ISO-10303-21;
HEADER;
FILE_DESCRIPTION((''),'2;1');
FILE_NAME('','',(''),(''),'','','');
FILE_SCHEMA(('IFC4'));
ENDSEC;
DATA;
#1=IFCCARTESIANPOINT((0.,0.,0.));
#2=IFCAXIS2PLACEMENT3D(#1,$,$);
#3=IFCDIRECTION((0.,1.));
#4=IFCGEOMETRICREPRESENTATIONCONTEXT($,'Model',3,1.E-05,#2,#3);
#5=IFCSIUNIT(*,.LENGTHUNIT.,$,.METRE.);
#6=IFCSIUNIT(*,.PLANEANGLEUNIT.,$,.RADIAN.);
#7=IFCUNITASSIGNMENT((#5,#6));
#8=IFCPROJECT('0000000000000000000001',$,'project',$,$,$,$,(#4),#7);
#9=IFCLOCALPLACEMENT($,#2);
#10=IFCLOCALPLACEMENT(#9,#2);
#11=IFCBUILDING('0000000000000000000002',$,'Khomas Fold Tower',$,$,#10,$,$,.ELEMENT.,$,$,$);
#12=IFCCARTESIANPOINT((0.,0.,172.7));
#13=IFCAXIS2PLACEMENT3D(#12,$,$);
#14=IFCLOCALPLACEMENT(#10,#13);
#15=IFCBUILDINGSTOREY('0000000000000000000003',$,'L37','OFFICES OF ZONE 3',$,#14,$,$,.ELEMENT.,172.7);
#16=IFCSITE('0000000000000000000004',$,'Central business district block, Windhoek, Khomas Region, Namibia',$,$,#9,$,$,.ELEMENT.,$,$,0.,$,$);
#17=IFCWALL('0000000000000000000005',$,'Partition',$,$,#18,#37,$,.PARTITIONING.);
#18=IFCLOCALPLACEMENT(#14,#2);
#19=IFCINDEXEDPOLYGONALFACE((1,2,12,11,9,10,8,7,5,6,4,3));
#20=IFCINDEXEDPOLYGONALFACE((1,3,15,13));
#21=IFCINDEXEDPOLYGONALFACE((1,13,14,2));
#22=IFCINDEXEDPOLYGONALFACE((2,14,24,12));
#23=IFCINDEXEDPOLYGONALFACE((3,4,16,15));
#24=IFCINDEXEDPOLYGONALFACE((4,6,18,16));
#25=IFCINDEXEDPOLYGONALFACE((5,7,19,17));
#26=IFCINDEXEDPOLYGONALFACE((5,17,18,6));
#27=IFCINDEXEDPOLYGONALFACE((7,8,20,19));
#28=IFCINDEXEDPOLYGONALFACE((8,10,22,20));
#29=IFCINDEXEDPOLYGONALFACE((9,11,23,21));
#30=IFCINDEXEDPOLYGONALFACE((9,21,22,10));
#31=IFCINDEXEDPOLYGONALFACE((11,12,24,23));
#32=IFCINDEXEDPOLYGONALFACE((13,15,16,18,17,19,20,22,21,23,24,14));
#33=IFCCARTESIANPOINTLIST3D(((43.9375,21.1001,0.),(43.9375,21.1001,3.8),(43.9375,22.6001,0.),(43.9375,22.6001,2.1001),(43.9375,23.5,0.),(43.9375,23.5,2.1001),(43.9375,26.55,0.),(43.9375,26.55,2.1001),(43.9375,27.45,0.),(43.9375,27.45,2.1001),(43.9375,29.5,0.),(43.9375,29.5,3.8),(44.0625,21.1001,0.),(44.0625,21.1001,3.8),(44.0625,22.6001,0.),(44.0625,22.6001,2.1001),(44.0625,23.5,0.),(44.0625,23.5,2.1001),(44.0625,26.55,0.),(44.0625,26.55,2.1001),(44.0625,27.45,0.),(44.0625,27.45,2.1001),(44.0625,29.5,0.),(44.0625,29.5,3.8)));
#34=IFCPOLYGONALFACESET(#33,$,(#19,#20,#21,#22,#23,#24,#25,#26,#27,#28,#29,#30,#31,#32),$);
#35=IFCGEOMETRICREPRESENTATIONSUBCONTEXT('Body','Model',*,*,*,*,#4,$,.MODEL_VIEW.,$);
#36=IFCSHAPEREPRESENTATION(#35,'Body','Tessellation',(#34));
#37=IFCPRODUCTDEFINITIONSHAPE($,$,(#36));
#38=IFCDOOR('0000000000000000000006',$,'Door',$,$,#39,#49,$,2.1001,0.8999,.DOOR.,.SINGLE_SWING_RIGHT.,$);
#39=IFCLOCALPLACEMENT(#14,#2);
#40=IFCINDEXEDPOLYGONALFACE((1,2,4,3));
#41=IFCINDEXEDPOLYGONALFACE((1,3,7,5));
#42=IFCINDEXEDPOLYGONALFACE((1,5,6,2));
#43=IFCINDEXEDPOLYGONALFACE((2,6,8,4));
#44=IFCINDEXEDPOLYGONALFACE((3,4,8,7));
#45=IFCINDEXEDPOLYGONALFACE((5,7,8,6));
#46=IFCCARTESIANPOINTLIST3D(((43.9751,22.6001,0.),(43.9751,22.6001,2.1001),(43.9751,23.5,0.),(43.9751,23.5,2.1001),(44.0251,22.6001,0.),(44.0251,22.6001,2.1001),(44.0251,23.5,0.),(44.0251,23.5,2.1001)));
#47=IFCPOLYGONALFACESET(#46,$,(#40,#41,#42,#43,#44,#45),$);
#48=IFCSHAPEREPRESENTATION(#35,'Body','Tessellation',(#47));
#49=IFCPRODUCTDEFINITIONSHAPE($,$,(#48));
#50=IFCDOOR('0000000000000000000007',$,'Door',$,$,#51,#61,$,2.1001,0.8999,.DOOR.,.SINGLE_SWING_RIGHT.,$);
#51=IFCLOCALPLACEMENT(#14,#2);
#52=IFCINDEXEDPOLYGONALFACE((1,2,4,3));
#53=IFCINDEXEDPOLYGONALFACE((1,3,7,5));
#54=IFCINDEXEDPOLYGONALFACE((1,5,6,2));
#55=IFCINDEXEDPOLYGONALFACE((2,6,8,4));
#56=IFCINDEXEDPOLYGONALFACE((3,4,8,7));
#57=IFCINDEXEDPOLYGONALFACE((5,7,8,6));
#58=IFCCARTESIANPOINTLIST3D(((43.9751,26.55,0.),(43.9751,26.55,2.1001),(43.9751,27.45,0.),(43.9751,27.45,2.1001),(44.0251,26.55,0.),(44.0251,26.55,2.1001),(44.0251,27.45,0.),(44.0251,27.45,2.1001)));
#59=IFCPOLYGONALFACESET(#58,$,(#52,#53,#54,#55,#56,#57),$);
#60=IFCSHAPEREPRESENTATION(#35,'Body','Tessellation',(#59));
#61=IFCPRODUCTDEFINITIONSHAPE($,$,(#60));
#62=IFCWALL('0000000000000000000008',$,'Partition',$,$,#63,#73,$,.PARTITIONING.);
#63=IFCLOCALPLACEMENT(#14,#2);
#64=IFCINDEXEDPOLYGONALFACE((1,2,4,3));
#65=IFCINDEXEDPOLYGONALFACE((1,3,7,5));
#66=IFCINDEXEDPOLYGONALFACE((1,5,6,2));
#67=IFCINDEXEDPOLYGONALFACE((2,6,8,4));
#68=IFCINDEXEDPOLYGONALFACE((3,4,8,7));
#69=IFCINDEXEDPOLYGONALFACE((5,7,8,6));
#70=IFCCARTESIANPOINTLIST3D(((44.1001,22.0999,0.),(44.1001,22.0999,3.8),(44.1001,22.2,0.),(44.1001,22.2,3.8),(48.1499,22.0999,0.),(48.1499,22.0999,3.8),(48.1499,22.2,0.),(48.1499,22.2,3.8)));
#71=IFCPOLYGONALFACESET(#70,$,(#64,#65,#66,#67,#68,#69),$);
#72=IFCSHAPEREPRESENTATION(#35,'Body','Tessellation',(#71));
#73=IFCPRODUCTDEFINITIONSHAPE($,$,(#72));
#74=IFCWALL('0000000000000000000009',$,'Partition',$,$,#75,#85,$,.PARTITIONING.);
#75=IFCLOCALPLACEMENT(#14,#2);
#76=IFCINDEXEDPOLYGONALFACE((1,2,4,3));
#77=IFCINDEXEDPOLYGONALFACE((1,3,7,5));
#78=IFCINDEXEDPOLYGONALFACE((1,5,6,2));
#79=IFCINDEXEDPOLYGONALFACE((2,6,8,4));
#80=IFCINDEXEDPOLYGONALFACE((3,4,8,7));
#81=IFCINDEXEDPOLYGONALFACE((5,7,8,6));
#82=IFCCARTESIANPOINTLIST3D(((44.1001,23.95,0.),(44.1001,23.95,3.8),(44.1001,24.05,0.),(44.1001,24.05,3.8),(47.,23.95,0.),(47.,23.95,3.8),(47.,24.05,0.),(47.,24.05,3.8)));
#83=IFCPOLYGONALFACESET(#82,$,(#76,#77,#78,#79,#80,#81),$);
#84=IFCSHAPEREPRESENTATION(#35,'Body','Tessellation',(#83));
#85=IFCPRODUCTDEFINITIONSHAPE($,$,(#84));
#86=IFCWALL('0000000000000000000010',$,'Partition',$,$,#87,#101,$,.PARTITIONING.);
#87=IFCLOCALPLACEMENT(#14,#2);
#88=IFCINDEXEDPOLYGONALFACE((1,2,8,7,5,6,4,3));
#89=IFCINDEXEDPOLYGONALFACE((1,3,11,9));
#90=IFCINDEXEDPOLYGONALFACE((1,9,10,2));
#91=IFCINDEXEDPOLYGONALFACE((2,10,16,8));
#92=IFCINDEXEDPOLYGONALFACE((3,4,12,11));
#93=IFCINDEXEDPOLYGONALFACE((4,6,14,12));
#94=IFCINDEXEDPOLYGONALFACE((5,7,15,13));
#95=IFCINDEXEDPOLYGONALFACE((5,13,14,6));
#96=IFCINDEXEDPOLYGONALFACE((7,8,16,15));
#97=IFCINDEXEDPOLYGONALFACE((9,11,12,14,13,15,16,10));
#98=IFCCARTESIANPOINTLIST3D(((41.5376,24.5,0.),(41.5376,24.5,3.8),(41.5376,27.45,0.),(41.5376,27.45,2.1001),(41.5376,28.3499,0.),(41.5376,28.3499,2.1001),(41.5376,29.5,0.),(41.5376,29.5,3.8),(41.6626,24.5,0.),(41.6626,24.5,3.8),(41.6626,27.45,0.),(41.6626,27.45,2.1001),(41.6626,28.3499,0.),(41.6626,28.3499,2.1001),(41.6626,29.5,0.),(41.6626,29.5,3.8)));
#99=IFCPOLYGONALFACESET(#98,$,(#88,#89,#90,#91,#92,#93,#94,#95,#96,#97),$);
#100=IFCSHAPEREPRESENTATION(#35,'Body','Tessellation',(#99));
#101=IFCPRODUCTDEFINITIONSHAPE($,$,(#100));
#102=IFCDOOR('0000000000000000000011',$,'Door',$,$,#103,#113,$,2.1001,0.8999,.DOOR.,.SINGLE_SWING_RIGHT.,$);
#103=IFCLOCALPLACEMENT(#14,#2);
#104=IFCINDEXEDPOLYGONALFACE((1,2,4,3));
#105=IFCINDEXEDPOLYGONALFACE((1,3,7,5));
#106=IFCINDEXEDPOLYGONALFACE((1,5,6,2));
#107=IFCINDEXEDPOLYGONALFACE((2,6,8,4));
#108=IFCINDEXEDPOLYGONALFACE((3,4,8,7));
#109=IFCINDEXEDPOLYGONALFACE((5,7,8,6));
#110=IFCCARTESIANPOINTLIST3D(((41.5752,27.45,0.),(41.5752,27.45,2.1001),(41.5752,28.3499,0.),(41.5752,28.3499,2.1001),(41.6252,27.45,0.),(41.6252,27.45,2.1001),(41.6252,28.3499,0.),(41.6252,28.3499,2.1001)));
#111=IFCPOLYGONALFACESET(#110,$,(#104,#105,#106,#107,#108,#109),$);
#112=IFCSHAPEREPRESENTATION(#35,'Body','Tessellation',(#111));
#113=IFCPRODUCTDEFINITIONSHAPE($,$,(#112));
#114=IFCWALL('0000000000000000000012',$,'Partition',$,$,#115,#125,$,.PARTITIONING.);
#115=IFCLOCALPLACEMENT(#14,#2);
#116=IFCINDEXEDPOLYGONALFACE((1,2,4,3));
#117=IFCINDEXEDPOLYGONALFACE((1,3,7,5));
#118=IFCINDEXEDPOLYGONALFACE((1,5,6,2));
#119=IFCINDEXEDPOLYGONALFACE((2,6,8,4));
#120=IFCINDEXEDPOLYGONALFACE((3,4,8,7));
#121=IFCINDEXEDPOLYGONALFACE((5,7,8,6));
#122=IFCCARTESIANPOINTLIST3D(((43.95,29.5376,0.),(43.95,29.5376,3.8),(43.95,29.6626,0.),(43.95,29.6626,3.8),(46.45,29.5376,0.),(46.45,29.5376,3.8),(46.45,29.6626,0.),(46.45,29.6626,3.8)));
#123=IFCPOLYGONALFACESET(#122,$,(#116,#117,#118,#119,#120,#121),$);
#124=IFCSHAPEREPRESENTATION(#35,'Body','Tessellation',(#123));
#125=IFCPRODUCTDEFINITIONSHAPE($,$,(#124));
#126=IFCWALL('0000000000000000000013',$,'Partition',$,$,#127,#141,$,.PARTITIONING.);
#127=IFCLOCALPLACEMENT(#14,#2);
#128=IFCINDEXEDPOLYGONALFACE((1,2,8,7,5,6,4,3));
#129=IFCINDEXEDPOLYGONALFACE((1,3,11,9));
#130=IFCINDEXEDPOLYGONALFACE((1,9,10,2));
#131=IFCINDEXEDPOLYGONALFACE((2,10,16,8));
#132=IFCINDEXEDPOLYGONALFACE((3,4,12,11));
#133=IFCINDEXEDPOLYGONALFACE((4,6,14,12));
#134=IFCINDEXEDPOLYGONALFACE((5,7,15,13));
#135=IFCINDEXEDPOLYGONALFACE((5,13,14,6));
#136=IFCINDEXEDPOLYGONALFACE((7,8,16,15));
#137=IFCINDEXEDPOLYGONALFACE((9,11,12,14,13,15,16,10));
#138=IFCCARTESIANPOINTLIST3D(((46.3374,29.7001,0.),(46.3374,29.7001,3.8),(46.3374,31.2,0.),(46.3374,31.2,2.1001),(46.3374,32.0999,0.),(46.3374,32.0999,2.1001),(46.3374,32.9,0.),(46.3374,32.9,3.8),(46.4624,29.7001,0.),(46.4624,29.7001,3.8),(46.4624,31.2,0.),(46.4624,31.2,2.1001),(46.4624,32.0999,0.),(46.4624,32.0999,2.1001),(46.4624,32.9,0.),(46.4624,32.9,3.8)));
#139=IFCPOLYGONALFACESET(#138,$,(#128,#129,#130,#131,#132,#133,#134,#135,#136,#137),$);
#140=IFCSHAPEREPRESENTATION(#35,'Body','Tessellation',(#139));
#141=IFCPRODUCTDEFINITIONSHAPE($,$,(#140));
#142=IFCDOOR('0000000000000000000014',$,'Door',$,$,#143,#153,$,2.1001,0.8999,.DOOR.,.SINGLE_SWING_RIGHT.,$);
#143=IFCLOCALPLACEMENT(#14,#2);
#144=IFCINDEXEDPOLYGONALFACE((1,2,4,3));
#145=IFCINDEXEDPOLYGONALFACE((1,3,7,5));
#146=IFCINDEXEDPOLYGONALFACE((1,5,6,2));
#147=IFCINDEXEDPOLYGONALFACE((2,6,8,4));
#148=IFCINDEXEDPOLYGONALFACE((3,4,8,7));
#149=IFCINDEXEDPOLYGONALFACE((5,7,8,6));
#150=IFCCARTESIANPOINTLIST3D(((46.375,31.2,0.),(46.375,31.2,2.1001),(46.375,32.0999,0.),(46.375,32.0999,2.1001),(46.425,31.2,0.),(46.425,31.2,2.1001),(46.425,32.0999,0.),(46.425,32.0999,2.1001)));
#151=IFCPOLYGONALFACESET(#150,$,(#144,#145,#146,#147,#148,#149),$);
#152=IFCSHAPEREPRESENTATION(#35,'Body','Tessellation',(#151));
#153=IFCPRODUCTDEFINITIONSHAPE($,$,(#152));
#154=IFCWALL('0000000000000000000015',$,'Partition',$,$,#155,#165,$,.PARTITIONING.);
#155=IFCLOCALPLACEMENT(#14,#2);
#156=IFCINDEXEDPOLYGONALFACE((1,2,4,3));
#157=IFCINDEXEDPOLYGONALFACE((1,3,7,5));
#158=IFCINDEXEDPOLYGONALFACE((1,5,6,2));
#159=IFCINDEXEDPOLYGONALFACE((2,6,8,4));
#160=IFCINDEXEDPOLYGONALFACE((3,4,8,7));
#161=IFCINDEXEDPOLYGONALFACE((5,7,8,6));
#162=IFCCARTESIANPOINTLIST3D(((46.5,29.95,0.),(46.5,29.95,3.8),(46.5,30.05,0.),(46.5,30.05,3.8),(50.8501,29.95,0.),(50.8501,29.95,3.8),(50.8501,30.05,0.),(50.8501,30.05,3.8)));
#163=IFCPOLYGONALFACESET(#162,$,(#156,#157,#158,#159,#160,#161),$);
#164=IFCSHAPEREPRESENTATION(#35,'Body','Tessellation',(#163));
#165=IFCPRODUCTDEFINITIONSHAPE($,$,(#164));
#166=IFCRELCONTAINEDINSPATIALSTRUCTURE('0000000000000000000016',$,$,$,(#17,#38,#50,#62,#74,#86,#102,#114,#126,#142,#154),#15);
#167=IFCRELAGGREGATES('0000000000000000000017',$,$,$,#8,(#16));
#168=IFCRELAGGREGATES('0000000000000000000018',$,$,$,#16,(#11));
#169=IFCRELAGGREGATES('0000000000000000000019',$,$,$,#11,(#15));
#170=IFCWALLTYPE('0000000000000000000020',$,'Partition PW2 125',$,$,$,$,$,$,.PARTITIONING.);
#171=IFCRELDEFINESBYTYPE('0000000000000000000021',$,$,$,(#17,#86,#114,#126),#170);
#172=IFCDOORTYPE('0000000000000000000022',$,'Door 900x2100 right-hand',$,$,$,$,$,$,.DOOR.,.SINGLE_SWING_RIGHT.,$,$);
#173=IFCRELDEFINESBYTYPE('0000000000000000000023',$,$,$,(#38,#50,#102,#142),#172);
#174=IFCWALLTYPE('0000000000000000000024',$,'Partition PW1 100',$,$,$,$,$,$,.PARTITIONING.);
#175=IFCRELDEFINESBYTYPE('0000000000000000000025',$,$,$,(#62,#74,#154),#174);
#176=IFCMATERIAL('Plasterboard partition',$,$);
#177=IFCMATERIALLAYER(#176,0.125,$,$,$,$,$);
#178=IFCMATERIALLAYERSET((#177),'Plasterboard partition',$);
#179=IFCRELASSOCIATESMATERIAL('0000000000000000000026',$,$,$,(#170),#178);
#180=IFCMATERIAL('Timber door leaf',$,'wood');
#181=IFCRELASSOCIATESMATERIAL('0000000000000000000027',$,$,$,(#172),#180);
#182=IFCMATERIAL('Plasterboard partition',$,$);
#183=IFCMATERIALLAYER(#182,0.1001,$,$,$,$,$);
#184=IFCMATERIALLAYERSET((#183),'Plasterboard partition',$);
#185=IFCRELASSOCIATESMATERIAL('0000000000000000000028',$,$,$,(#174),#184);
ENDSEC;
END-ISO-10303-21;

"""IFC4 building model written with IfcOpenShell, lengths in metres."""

from ifc_helpers import new_model, si_unit, direction, frame, frame_2d, origin, place, context, subcontext, project, spatial, rectangle, extrude, source, transform, mapped, material, layer, layer_set, type_object, element, fill, save


model = new_model("IFC4")

# Units and contexts
model_context = context("Model", 3, precision=1e-05, world=origin(), true_north=direction((0.0, 1.0)))
body_context = subcontext(model_context, "Body", "Model", "MODEL_VIEW")
ifc_project = project(units=[si_unit("LENGTHUNIT", "METRE"), si_unit("PLANEANGLEUNIT", "RADIAN")], contexts=[model_context])

# Site, building, storey
site_placement = place(None, origin())
site = spatial("IfcSite", under=ifc_project, at=site_placement, Name="Central business district block, Windhoek, Khomas Region, Namibia", CompositionType="ELEMENT", RefElevation=0.0)
building_placement = place(site_placement, origin())
building = spatial("IfcBuilding", under=site, at=building_placement, Name="Khomas Fold Tower", CompositionType="ELEMENT")
storey_placement = place(building_placement, frame((0.0, 0.0, 172.7)))
storey = spatial("IfcBuildingStorey", under=building, at=storey_placement, Name="L37", Description="OFFICES OF ZONE 3", CompositionType="ELEMENT", Elevation=172.7)

# Wall, openings, doors
ifc_material_1 = material(Name="Plasterboard partition")
ifc_layer_1 = layer(ifc_material_1, 0.125)
ifc_layer_set_1 = layer_set([ifc_layer_1], Name="Plasterboard partition")
wall_type_1 = type_object("IfcWallType", Name="Partition PW2 125", PredefinedType="PARTITIONING", material=ifc_layer_set_1)
shared_shape_1 = source(origin(), body_context, "Body", "SweptSolid", [
    extrude(rectangle(XDim=8.3999, YDim=0.125, at=frame_2d((4.2, 0.0))), origin(), (0.0, 0.0, 1.0), 3.8),
])
wall_1_placement = place(storey_placement, frame((44.0, 21.1001, 0.0), z_axis=(0.0, 0.0, 1.0), x_axis=(0.0, 1.0, 0.0)))
wall_1 = element("IfcWall", 1, at=wall_1_placement, inside=storey, type_object=wall_type_1, Name="Partition", PredefinedType="PARTITIONING", context=body_context, shape_type="MappedRepresentation", body=[
    mapped(shared_shape_1, transform((0.0, 0.0, 0.0))),
])
shared_shape_2 = source(origin(), body_context, "Body", "SweptSolid", [
    extrude(rectangle(XDim=0.8999, YDim=2.1001, at=frame_2d((0.45, 1.05))), frame((0.0, 0.0725, 0.0), z_axis=(0.0, -1.0, 0.0), x_axis=(1.0, 0.0, 0.0)), (0.0, 0.0, 1.0), 0.145),
])
opening_1_placement = place(wall_1_placement, frame((1.5, 0.0, 0.0)))
opening_1 = element("IfcOpeningElement", 2, at=opening_1_placement, cuts=wall_1, PredefinedType="OPENING", context=body_context, shape_type="MappedRepresentation", body=[
    mapped(shared_shape_2, transform((0.0, 0.0, 0.0))),
])
opening_2_placement = place(wall_1_placement, frame((5.45, 0.0, 0.0)))
opening_2 = element("IfcOpeningElement", 3, at=opening_2_placement, cuts=wall_1, PredefinedType="OPENING", context=body_context, shape_type="MappedRepresentation", body=[
    mapped(shared_shape_2, transform((0.0, 0.0, 0.0))),
])
ifc_material_2 = material(Name="Timber door leaf", Category="wood")
door_type_1 = type_object("IfcDoorType", Name="Door 900x2100 right-hand", OperationType="SINGLE_SWING_RIGHT", PredefinedType="DOOR", material=ifc_material_2)
shared_shape_3 = source(origin(), body_context, "Body", "SweptSolid", [
    extrude(rectangle(XDim=0.8999, YDim=2.1001, at=frame_2d((0.45, 1.05))), frame((0.0, 0.0249, 0.0), z_axis=(0.0, -1.0, 0.0), x_axis=(1.0, 0.0, 0.0)), (0.0, 0.0, 1.0), 0.05),
])
door_1_placement = place(opening_1_placement, origin())
door_1 = element("IfcDoor", 4, at=door_1_placement, inside=storey, type_object=door_type_1, Name="Door", OperationType="SINGLE_SWING_RIGHT", OverallHeight=2.1001, OverallWidth=0.8999, PredefinedType="DOOR", context=body_context, shape_type="MappedRepresentation", body=[
    mapped(shared_shape_3, transform((0.0, 0.0, 0.0))),
])
fill(opening_1, door_1)
door_2_placement = place(opening_2_placement, origin())
door_2 = element("IfcDoor", 5, at=door_2_placement, inside=storey, type_object=door_type_1, Name="Door", OperationType="SINGLE_SWING_RIGHT", OverallHeight=2.1001, OverallWidth=0.8999, PredefinedType="DOOR", context=body_context, shape_type="MappedRepresentation", body=[
    mapped(shared_shape_3, transform((0.0, 0.0, 0.0))),
])
fill(opening_2, door_2)

# Walls
ifc_material_3 = material(Name="Plasterboard partition")
ifc_layer_2 = layer(ifc_material_3, 0.1001)
ifc_layer_set_2 = layer_set([ifc_layer_2], Name="Plasterboard partition")
wall_type_2 = type_object("IfcWallType", Name="Partition PW1 100", PredefinedType="PARTITIONING", material=ifc_layer_set_2)
shared_shape_4 = source(origin(), body_context, "Body", "SweptSolid", [
    extrude(rectangle(XDim=4.0498, YDim=0.1001, at=frame_2d((2.0249, 0.0))), origin(), (0.0, 0.0, 1.0), 3.8),
])
wall_2_placement = place(storey_placement, frame((44.1001, 22.1499, 0.0), z_axis=(0.0, 0.0, 1.0), x_axis=(1.0, 0.0, 0.0)))
element("IfcWall", 6, at=wall_2_placement, inside=storey, type_object=wall_type_2, Name="Partition", PredefinedType="PARTITIONING", context=body_context, shape_type="MappedRepresentation", body=[
    mapped(shared_shape_4, transform((0.0, 0.0, 0.0))),
])
shared_shape_5 = source(origin(), body_context, "Body", "SweptSolid", [
    extrude(rectangle(XDim=2.8999, YDim=0.1001, at=frame_2d((1.45, 0.0))), origin(), (0.0, 0.0, 1.0), 3.8),
])
wall_3_placement = place(storey_placement, frame((44.1001, 24.0, 0.0), z_axis=(0.0, 0.0, 1.0), x_axis=(1.0, 0.0, 0.0)))
element("IfcWall", 7, at=wall_3_placement, inside=storey, type_object=wall_type_2, Name="Partition", PredefinedType="PARTITIONING", context=body_context, shape_type="MappedRepresentation", body=[
    mapped(shared_shape_5, transform((0.0, 0.0, 0.0))),
])

# Wall, opening, door
shared_shape_6 = source(origin(), body_context, "Body", "SweptSolid", [
    extrude(rectangle(XDim=5.0, YDim=0.125, at=frame_2d((2.5, 0.0))), origin(), (0.0, 0.0, 1.0), 3.8),
])
wall_4_placement = place(storey_placement, frame((41.6001, 24.5, 0.0), z_axis=(0.0, 0.0, 1.0), x_axis=(0.0, 1.0, 0.0)))
wall_4 = element("IfcWall", 8, at=wall_4_placement, inside=storey, type_object=wall_type_1, Name="Partition", PredefinedType="PARTITIONING", context=body_context, shape_type="MappedRepresentation", body=[
    mapped(shared_shape_6, transform((0.0, 0.0, 0.0))),
])
opening_3_placement = place(wall_4_placement, frame((2.95, 0.0, 0.0)))
opening_3 = element("IfcOpeningElement", 9, at=opening_3_placement, cuts=wall_4, PredefinedType="OPENING", context=body_context, shape_type="MappedRepresentation", body=[
    mapped(shared_shape_2, transform((0.0, 0.0, 0.0))),
])
door_3_placement = place(opening_3_placement, origin())
door_3 = element("IfcDoor", 10, at=door_3_placement, inside=storey, type_object=door_type_1, Name="Door", OperationType="SINGLE_SWING_RIGHT", OverallHeight=2.1001, OverallWidth=0.8999, PredefinedType="DOOR", context=body_context, shape_type="MappedRepresentation", body=[
    mapped(shared_shape_3, transform((0.0, 0.0, 0.0))),
])
fill(opening_3, door_3)

# Wall
shared_shape_7 = source(origin(), body_context, "Body", "SweptSolid", [
    extrude(rectangle(XDim=2.5, YDim=0.125, at=frame_2d((1.25, 0.0))), origin(), (0.0, 0.0, 1.0), 3.8),
])
wall_5_placement = place(storey_placement, frame((43.95, 29.6001, 0.0), z_axis=(0.0, 0.0, 1.0), x_axis=(1.0, 0.0, 0.0)))
element("IfcWall", 11, at=wall_5_placement, inside=storey, type_object=wall_type_1, Name="Partition", PredefinedType="PARTITIONING", context=body_context, shape_type="MappedRepresentation", body=[
    mapped(shared_shape_7, transform((0.0, 0.0, 0.0))),
])

# Wall, opening, door
shared_shape_8 = source(origin(), body_context, "Body", "SweptSolid", [
    extrude(rectangle(XDim=3.2, YDim=0.125, at=frame_2d((1.6001, 0.0))), origin(), (0.0, 0.0, 1.0), 3.8),
])
wall_6_placement = place(storey_placement, frame((46.3999, 29.7, 0.0), z_axis=(0.0, 0.0, 1.0), x_axis=(0.0, 1.0, 0.0)))
wall_6 = element("IfcWall", 12, at=wall_6_placement, inside=storey, type_object=wall_type_1, Name="Partition", PredefinedType="PARTITIONING", context=body_context, shape_type="MappedRepresentation", body=[
    mapped(shared_shape_8, transform((0.0, 0.0, 0.0))),
])
opening_4_placement = place(wall_6_placement, frame((1.5, 0.0, 0.0)))
opening_4 = element("IfcOpeningElement", 13, at=opening_4_placement, cuts=wall_6, PredefinedType="OPENING", context=body_context, shape_type="MappedRepresentation", body=[
    mapped(shared_shape_2, transform((0.0, 0.0, 0.0))),
])
door_4_placement = place(opening_4_placement, origin())
door_4 = element("IfcDoor", 14, at=door_4_placement, inside=storey, type_object=door_type_1, Name="Door", OperationType="SINGLE_SWING_RIGHT", OverallHeight=2.1001, OverallWidth=0.8999, PredefinedType="DOOR", context=body_context, shape_type="MappedRepresentation", body=[
    mapped(shared_shape_3, transform((0.0, 0.0, 0.0))),
])
fill(opening_4, door_4)

# Wall
shared_shape_9 = source(origin(), body_context, "Body", "SweptSolid", [
    extrude(rectangle(XDim=4.3501, YDim=0.1001, at=frame_2d((2.175, 0.0))), origin(), (0.0, 0.0, 1.0), 3.8),
])
wall_7_placement = place(storey_placement, frame((46.5, 30.0, 0.0), z_axis=(0.0, 0.0, 1.0), x_axis=(1.0, 0.0, 0.0)))
element("IfcWall", 15, at=wall_7_placement, inside=storey, type_object=wall_type_2, Name="Partition", PredefinedType="PARTITIONING", context=body_context, shape_type="MappedRepresentation", body=[
    mapped(shared_shape_9, transform((0.0, 0.0, 0.0))),
])

save(model, "model.ifc")
